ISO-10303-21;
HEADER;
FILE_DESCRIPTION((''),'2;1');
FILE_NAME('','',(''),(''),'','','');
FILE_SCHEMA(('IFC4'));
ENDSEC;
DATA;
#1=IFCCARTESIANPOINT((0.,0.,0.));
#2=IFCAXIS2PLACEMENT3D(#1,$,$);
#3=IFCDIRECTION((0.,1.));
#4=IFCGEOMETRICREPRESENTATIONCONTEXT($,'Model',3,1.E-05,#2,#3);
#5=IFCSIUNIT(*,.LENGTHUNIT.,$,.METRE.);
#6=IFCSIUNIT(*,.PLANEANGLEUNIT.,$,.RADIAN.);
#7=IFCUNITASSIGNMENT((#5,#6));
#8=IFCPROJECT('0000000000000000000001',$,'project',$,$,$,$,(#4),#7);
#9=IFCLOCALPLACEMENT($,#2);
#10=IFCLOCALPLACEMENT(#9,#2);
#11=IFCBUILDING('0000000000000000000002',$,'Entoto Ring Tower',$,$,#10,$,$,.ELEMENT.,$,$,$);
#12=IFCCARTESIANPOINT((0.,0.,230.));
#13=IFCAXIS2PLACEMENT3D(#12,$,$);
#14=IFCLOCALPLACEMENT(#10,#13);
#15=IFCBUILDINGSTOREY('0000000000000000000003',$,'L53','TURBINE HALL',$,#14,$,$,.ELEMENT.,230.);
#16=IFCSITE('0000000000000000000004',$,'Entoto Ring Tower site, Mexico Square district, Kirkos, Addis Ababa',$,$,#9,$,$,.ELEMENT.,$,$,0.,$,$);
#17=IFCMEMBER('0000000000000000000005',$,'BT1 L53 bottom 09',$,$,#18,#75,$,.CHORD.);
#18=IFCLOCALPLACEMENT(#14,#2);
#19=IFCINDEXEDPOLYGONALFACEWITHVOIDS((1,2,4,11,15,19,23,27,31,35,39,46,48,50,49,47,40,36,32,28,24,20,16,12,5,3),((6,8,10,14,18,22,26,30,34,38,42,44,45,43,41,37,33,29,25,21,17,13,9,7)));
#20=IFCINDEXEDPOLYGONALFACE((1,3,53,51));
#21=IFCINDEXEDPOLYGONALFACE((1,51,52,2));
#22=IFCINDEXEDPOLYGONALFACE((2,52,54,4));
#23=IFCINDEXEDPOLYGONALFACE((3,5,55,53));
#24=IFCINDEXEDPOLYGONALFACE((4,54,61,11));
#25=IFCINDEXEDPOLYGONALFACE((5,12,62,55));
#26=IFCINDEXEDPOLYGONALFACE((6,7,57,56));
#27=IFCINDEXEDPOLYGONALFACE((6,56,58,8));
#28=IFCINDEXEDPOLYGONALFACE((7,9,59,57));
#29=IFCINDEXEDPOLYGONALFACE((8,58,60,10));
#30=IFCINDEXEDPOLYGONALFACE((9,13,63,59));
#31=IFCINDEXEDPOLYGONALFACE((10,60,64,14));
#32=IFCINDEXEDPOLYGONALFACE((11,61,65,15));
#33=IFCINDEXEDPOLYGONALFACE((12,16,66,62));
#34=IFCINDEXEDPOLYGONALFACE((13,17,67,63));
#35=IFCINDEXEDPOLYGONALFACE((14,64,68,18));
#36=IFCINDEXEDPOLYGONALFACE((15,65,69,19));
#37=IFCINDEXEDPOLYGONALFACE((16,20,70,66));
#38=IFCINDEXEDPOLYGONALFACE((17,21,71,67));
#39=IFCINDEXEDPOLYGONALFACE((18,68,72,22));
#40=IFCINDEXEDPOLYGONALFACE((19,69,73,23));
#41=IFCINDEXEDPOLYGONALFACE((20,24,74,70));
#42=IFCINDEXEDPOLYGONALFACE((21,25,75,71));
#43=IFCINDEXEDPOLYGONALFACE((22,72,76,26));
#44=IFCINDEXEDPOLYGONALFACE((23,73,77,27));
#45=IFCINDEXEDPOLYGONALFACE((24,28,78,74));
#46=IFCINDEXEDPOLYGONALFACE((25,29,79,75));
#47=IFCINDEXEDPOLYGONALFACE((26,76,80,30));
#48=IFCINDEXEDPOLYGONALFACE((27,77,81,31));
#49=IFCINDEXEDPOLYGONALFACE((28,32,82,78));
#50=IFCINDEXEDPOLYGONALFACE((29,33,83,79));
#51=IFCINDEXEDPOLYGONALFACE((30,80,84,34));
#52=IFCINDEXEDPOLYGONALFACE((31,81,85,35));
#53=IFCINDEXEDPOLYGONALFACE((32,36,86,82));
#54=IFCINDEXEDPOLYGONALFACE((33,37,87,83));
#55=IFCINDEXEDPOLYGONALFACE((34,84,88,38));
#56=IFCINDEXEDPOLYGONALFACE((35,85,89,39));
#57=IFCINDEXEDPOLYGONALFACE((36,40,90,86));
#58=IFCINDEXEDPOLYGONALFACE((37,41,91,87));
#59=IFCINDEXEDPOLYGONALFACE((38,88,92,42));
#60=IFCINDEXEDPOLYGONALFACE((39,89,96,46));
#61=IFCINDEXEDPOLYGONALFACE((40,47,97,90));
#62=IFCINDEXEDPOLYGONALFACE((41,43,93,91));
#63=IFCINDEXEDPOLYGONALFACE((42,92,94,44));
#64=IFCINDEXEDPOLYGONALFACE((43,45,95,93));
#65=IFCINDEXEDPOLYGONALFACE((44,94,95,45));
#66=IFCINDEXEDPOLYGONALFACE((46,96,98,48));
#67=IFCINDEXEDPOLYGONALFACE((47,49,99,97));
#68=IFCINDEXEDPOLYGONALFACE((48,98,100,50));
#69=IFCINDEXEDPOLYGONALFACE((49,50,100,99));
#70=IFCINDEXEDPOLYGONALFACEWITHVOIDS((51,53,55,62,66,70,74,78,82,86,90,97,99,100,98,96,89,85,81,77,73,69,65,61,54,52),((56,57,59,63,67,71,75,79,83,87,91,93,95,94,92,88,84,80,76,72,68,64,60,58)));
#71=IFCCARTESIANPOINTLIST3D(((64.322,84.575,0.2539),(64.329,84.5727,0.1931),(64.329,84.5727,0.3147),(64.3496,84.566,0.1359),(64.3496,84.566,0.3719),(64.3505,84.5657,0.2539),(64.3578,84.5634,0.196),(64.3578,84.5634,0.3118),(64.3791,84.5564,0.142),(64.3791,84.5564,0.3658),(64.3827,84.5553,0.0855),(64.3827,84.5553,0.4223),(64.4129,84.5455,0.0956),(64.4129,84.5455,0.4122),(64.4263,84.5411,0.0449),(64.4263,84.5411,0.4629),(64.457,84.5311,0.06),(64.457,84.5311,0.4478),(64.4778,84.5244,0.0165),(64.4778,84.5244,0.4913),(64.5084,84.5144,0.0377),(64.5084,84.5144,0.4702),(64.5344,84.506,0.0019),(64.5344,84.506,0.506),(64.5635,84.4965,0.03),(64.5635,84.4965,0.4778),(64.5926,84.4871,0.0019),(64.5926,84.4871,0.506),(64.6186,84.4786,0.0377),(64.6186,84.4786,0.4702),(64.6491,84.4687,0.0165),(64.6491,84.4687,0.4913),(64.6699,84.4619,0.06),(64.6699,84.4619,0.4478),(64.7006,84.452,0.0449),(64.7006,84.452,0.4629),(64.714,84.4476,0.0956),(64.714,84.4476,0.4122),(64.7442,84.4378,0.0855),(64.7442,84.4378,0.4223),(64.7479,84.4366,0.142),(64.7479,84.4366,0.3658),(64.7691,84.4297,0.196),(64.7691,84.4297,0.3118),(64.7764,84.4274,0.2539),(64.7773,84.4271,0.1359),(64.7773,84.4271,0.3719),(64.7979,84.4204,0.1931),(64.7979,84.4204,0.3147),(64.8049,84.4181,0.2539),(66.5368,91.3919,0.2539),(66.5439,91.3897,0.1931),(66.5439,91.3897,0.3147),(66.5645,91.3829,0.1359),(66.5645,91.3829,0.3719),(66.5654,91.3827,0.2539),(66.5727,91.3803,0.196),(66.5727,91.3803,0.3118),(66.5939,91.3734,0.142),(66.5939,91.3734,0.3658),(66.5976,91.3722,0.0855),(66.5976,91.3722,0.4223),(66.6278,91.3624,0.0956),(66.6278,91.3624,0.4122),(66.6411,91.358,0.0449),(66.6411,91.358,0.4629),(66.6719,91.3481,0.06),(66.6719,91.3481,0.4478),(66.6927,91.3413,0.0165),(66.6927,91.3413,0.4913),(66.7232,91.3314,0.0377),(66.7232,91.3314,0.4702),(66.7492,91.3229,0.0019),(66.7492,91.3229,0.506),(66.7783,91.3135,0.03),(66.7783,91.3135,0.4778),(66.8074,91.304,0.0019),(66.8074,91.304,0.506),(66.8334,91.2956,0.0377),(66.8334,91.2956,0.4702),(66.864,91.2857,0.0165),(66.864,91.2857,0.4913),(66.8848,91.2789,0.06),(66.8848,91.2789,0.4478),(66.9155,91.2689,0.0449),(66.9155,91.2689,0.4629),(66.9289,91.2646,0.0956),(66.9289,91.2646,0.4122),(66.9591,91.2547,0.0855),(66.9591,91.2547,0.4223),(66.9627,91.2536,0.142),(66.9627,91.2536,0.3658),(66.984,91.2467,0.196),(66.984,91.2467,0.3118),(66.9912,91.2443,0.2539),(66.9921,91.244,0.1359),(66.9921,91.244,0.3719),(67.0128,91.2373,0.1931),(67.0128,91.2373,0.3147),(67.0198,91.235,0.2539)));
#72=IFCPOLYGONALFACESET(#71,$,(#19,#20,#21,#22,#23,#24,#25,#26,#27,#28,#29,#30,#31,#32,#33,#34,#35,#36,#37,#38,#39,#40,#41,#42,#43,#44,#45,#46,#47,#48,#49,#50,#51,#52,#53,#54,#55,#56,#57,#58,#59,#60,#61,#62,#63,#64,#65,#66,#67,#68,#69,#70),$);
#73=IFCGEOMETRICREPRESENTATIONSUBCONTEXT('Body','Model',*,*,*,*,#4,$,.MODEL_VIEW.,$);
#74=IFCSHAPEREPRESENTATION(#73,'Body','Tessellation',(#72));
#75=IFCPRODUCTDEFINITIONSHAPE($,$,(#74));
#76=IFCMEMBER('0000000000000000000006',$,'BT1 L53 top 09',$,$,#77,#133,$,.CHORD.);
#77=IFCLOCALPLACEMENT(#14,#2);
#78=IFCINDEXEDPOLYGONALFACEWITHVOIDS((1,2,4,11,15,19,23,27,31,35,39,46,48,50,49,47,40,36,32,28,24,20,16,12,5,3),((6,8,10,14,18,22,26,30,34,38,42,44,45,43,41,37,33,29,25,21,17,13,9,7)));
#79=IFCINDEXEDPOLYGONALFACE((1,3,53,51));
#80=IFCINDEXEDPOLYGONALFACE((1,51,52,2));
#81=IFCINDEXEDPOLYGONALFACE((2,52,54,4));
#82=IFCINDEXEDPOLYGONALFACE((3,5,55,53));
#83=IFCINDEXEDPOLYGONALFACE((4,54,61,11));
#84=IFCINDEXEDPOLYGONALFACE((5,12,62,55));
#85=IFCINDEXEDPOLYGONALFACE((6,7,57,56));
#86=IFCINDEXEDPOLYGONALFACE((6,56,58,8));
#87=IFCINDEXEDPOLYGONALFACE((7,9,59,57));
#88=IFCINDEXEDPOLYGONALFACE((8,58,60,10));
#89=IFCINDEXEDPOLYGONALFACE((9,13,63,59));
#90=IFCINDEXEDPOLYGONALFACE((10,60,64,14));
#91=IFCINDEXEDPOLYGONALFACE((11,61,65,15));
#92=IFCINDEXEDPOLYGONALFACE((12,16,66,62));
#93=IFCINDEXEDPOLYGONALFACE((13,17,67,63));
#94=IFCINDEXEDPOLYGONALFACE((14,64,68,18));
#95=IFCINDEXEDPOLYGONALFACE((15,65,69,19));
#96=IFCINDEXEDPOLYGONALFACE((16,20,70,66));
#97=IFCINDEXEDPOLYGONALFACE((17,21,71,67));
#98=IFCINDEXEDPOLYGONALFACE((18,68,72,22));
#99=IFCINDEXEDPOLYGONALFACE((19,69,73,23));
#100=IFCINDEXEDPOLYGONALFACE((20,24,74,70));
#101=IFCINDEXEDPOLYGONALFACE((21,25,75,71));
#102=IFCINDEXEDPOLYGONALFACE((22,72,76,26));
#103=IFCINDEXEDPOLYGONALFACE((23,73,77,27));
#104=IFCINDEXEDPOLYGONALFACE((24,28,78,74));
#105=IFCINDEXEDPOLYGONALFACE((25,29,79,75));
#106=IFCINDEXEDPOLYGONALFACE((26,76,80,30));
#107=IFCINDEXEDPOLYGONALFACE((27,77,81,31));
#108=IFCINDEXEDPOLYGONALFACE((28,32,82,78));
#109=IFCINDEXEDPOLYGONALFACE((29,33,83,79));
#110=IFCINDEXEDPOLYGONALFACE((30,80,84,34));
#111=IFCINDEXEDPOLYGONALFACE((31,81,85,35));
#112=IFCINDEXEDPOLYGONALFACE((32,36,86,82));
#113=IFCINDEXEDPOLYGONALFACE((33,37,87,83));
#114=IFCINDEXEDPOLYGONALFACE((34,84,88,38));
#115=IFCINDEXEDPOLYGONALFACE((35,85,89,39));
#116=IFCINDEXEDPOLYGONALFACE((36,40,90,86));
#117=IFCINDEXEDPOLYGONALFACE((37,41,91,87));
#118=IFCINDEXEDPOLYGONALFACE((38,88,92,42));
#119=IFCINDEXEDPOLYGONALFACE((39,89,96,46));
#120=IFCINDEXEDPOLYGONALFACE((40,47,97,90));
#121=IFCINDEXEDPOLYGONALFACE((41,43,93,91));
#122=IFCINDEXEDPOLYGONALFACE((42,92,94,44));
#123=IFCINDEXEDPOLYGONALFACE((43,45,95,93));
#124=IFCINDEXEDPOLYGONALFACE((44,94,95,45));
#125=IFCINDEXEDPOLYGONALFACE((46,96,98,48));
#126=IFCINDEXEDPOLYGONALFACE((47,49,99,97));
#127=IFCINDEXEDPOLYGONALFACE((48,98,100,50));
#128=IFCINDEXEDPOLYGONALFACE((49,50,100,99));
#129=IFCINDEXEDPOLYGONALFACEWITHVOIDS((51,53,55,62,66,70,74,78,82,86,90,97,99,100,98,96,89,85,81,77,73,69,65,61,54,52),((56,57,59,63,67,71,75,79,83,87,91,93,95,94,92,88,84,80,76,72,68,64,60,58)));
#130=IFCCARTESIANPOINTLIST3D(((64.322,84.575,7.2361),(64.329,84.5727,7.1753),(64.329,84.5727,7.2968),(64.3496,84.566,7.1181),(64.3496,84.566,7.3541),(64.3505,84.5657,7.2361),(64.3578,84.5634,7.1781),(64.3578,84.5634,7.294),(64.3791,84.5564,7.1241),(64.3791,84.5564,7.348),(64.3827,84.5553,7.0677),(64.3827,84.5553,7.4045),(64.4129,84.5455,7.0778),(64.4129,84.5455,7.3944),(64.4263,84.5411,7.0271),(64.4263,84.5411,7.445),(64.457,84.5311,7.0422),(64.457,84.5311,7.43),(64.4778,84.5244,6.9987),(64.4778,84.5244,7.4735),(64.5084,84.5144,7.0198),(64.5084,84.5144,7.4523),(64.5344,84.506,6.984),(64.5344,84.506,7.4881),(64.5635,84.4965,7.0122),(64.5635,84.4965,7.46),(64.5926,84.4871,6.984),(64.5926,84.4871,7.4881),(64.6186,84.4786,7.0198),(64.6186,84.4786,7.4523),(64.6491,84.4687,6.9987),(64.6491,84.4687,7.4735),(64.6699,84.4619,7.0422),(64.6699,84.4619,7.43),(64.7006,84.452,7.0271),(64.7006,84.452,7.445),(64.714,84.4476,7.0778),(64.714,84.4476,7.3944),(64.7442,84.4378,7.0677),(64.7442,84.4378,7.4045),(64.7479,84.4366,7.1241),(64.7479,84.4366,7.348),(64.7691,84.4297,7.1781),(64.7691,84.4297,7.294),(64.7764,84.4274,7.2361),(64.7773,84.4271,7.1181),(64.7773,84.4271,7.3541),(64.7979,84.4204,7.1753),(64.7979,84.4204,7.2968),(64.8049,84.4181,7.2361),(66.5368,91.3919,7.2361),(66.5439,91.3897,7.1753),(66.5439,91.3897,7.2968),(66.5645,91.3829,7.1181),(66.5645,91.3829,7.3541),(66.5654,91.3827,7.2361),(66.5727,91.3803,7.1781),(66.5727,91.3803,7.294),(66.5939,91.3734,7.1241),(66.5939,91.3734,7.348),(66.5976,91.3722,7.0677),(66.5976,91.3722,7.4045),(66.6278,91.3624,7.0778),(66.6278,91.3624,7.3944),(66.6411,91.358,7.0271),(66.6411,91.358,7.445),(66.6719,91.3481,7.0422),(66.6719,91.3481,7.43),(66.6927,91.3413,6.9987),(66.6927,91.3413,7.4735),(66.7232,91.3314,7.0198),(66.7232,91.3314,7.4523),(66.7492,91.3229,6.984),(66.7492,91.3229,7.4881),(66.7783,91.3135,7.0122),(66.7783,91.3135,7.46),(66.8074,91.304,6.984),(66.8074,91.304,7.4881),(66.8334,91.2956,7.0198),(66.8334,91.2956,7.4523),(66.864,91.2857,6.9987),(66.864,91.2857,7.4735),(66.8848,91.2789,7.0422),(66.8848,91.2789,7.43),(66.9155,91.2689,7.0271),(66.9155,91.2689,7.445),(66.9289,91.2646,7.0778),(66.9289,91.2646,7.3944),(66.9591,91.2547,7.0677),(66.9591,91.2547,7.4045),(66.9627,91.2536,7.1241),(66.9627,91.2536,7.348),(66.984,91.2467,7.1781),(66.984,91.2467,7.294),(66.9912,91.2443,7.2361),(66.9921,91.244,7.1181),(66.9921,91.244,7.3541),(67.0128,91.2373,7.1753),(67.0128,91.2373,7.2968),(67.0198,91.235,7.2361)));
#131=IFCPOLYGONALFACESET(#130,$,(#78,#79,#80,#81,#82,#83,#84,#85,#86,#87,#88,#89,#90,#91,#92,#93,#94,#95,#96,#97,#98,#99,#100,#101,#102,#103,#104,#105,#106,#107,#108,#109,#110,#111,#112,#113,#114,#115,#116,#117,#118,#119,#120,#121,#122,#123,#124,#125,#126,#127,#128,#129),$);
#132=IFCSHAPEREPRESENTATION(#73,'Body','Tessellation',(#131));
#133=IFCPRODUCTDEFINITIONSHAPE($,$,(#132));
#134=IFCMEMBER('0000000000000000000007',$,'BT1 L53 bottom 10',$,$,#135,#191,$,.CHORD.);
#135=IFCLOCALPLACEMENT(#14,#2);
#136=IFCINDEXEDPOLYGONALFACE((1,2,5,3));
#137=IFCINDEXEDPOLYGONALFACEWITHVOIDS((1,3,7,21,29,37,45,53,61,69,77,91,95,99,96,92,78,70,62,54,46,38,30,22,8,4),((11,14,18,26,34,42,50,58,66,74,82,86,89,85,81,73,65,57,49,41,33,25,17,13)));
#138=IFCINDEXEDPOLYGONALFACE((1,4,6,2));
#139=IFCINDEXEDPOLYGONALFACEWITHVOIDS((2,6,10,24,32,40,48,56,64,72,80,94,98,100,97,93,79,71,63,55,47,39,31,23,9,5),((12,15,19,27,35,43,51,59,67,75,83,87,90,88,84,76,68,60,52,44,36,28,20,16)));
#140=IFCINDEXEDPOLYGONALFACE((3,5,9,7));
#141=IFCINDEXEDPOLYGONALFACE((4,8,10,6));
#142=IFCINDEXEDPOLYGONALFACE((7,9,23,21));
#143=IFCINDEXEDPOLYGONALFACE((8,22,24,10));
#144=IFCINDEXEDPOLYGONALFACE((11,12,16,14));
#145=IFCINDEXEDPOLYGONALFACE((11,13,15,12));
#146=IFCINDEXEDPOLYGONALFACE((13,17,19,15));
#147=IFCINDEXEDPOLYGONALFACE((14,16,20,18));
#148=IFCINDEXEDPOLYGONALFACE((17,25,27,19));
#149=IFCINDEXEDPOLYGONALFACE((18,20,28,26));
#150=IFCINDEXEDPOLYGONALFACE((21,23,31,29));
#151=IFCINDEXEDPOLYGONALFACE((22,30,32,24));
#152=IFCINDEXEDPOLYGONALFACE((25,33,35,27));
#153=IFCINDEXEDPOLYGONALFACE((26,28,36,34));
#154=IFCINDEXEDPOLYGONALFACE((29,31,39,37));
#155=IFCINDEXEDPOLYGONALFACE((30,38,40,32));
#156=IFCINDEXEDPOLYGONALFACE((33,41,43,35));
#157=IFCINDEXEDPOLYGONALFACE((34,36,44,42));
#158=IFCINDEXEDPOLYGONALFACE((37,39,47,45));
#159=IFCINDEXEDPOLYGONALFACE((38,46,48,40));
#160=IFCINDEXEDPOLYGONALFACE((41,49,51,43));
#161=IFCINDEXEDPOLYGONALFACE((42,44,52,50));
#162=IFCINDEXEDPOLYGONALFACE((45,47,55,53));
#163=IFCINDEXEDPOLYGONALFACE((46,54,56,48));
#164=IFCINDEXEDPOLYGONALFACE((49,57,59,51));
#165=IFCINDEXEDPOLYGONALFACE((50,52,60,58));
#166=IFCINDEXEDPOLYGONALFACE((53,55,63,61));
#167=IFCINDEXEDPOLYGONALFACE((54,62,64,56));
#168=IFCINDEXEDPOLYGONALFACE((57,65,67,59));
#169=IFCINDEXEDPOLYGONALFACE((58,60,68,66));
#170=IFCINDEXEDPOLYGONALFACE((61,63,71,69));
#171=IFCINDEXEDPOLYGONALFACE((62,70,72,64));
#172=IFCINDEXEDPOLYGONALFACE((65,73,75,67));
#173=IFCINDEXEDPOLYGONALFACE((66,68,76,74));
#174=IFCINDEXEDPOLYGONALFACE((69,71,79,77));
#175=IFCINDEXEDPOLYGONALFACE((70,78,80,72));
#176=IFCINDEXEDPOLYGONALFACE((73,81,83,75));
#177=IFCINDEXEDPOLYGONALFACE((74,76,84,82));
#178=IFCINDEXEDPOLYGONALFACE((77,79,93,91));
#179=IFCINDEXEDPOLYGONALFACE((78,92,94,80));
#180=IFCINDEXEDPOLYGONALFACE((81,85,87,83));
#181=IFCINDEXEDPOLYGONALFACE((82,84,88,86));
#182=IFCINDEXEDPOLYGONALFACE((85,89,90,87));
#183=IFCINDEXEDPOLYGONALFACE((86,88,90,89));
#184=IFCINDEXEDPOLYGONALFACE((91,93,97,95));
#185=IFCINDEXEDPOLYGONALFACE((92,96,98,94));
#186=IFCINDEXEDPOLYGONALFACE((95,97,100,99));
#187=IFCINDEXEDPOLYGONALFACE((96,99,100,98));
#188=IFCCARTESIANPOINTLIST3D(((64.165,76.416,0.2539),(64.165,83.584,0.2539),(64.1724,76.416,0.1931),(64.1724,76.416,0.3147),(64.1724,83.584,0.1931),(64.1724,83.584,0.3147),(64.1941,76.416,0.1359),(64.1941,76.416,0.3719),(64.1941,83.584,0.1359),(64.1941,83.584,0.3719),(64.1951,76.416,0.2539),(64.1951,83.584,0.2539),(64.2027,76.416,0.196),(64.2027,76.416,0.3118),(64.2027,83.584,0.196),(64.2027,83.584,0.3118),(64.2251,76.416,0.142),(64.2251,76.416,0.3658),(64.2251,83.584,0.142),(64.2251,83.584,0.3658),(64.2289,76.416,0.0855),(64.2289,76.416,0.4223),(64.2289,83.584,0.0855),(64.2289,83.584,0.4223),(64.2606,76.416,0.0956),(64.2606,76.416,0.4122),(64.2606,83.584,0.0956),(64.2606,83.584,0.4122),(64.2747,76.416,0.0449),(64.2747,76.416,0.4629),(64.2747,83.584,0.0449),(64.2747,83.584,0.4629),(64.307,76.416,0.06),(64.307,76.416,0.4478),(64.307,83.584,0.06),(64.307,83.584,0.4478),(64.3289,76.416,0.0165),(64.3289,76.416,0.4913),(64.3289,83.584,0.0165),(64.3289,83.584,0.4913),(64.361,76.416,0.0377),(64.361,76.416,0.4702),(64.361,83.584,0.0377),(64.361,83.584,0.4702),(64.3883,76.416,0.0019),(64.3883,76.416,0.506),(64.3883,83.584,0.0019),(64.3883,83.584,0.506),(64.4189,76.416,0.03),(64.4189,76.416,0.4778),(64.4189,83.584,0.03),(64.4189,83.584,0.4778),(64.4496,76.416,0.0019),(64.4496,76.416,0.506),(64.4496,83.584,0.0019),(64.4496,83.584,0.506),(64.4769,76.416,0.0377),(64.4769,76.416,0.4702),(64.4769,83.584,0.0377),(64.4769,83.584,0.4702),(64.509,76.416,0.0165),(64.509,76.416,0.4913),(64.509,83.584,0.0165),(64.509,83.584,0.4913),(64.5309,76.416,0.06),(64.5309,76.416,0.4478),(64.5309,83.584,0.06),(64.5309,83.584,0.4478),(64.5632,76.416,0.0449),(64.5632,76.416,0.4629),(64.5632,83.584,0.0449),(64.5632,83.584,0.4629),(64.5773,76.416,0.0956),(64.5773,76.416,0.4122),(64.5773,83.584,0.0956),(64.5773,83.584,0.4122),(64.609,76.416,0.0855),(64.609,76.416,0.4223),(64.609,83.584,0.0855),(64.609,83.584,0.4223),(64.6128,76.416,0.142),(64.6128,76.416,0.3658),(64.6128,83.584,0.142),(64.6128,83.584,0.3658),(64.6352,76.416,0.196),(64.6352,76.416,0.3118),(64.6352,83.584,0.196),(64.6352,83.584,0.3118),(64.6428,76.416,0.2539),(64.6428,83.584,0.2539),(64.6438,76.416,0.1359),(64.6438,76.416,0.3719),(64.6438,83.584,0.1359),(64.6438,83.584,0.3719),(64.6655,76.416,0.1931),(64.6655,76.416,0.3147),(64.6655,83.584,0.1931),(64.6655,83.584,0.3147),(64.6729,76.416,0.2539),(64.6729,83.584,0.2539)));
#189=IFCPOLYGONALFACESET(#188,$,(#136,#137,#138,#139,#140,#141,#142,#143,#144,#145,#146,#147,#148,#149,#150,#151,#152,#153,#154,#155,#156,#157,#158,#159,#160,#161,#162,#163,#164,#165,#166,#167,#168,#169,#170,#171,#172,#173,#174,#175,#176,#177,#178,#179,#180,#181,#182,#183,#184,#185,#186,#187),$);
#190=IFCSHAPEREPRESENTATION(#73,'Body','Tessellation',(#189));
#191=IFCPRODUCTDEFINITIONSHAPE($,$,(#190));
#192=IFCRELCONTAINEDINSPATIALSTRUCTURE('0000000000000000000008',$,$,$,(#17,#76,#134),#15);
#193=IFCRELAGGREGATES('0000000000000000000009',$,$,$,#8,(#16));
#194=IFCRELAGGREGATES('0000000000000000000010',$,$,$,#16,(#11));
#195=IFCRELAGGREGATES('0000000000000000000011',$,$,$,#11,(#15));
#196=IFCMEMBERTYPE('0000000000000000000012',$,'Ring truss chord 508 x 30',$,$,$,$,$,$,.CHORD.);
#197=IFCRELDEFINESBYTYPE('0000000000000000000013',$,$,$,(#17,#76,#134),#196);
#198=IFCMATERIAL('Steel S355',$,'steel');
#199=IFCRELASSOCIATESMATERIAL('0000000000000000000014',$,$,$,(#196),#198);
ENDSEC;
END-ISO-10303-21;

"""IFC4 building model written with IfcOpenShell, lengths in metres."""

from ifc_helpers import new_model, si_unit, direction, frame, origin, origin_2d, place, context, subcontext, project, spatial, circle, hollow_circle, extrude, material, material_profile, profile_set, type_object, element, save


model = new_model("IFC4")

# Units and contexts
model_context = context("Model", 3, precision=1e-05, world=origin(), true_north=direction((0.0, 1.0)))
body_context = subcontext(model_context, "Body", "Model", "MODEL_VIEW")
ifc_project = project(units=[si_unit("LENGTHUNIT", "METRE"), si_unit("PLANEANGLEUNIT", "RADIAN")], contexts=[model_context])

# Site, building, storey
site_placement = place(None, origin())
site = spatial("IfcSite", under=ifc_project, at=site_placement, Name="Entoto Ring Tower site, Mexico Square district, Kirkos, Addis Ababa", CompositionType="ELEMENT", RefElevation=0.0)
building_placement = place(site_placement, origin())
building = spatial("IfcBuilding", under=site, at=building_placement, Name="Entoto Ring Tower", CompositionType="ELEMENT")
storey_placement = place(building_placement, frame((0.0, 0.0, 230.0)))
storey = spatial("IfcBuildingStorey", under=building, at=storey_placement, Name="L53", Description="TURBINE HALL", CompositionType="ELEMENT", Elevation=230.0)

# Members
ifc_material_1 = material(Name="Steel S355", Category="steel")
ifc_material_profile_1 = material_profile(ifc_material_1, hollow_circle(Radius=0.2539, WallThickness=0.03, at=origin_2d()), Name="CHS 508 x 30")
ifc_material_2 = material(Name="Concrete C60/75", Category="concrete")
ifc_material_profile_2 = material_profile(ifc_material_2, circle(Radius=0.2241, at=origin_2d()), Name="Concrete C60/75 infill")
ifc_profile_set_1 = profile_set([ifc_material_profile_1, ifc_material_profile_2], Name="Steel S355")
member_type_1 = type_object("IfcMemberType", Name="Ring truss chord 508 x 30", PredefinedType="CHORD", material=ifc_profile_set_1)
for number, where, z_axis, x_axis, name in (
    (1, (66.7783, 91.3135, 0.2539), (-0.309004, -0.951061, 0.0), (0.951061, -0.309004, 0.0), "BT1 L53 bottom 09"),
    (2, (66.7783, 91.3135, 7.2361), (-0.309004, -0.951061, 0.0), (0.951061, -0.309004, 0.0), "BT1 L53 top 09"),
):
    element("IfcMember", number, at=place(storey_placement, frame(where, z_axis=z_axis, x_axis=x_axis)), inside=storey, type_object=member_type_1, Name=name, PredefinedType="CHORD", context=body_context, shape_type="SweptSolid", body=[
        extrude(hollow_circle(Radius=0.2539, WallThickness=0.03, at=origin_2d()), origin(), (0.0, 0.0, 1.0), 7.1677),
    ])
for number, where, z_axis, x_axis, name in (
    (3, (64.4189, 83.584, 0.2539), (0.0, -1.0, 0.0), (1.0, 0.0, 0.0), "BT1 L53 bottom 10"),
):
    element("IfcMember", number, at=place(storey_placement, frame(where, z_axis=z_axis, x_axis=x_axis)), inside=storey, type_object=member_type_1, Name=name, PredefinedType="CHORD", context=body_context, shape_type="SweptSolid", body=[
        extrude(hollow_circle(Radius=0.2539, WallThickness=0.03, at=origin_2d()), origin(), (0.0, 0.0, 1.0), 7.168),
    ])

save(model, "model.ifc")
